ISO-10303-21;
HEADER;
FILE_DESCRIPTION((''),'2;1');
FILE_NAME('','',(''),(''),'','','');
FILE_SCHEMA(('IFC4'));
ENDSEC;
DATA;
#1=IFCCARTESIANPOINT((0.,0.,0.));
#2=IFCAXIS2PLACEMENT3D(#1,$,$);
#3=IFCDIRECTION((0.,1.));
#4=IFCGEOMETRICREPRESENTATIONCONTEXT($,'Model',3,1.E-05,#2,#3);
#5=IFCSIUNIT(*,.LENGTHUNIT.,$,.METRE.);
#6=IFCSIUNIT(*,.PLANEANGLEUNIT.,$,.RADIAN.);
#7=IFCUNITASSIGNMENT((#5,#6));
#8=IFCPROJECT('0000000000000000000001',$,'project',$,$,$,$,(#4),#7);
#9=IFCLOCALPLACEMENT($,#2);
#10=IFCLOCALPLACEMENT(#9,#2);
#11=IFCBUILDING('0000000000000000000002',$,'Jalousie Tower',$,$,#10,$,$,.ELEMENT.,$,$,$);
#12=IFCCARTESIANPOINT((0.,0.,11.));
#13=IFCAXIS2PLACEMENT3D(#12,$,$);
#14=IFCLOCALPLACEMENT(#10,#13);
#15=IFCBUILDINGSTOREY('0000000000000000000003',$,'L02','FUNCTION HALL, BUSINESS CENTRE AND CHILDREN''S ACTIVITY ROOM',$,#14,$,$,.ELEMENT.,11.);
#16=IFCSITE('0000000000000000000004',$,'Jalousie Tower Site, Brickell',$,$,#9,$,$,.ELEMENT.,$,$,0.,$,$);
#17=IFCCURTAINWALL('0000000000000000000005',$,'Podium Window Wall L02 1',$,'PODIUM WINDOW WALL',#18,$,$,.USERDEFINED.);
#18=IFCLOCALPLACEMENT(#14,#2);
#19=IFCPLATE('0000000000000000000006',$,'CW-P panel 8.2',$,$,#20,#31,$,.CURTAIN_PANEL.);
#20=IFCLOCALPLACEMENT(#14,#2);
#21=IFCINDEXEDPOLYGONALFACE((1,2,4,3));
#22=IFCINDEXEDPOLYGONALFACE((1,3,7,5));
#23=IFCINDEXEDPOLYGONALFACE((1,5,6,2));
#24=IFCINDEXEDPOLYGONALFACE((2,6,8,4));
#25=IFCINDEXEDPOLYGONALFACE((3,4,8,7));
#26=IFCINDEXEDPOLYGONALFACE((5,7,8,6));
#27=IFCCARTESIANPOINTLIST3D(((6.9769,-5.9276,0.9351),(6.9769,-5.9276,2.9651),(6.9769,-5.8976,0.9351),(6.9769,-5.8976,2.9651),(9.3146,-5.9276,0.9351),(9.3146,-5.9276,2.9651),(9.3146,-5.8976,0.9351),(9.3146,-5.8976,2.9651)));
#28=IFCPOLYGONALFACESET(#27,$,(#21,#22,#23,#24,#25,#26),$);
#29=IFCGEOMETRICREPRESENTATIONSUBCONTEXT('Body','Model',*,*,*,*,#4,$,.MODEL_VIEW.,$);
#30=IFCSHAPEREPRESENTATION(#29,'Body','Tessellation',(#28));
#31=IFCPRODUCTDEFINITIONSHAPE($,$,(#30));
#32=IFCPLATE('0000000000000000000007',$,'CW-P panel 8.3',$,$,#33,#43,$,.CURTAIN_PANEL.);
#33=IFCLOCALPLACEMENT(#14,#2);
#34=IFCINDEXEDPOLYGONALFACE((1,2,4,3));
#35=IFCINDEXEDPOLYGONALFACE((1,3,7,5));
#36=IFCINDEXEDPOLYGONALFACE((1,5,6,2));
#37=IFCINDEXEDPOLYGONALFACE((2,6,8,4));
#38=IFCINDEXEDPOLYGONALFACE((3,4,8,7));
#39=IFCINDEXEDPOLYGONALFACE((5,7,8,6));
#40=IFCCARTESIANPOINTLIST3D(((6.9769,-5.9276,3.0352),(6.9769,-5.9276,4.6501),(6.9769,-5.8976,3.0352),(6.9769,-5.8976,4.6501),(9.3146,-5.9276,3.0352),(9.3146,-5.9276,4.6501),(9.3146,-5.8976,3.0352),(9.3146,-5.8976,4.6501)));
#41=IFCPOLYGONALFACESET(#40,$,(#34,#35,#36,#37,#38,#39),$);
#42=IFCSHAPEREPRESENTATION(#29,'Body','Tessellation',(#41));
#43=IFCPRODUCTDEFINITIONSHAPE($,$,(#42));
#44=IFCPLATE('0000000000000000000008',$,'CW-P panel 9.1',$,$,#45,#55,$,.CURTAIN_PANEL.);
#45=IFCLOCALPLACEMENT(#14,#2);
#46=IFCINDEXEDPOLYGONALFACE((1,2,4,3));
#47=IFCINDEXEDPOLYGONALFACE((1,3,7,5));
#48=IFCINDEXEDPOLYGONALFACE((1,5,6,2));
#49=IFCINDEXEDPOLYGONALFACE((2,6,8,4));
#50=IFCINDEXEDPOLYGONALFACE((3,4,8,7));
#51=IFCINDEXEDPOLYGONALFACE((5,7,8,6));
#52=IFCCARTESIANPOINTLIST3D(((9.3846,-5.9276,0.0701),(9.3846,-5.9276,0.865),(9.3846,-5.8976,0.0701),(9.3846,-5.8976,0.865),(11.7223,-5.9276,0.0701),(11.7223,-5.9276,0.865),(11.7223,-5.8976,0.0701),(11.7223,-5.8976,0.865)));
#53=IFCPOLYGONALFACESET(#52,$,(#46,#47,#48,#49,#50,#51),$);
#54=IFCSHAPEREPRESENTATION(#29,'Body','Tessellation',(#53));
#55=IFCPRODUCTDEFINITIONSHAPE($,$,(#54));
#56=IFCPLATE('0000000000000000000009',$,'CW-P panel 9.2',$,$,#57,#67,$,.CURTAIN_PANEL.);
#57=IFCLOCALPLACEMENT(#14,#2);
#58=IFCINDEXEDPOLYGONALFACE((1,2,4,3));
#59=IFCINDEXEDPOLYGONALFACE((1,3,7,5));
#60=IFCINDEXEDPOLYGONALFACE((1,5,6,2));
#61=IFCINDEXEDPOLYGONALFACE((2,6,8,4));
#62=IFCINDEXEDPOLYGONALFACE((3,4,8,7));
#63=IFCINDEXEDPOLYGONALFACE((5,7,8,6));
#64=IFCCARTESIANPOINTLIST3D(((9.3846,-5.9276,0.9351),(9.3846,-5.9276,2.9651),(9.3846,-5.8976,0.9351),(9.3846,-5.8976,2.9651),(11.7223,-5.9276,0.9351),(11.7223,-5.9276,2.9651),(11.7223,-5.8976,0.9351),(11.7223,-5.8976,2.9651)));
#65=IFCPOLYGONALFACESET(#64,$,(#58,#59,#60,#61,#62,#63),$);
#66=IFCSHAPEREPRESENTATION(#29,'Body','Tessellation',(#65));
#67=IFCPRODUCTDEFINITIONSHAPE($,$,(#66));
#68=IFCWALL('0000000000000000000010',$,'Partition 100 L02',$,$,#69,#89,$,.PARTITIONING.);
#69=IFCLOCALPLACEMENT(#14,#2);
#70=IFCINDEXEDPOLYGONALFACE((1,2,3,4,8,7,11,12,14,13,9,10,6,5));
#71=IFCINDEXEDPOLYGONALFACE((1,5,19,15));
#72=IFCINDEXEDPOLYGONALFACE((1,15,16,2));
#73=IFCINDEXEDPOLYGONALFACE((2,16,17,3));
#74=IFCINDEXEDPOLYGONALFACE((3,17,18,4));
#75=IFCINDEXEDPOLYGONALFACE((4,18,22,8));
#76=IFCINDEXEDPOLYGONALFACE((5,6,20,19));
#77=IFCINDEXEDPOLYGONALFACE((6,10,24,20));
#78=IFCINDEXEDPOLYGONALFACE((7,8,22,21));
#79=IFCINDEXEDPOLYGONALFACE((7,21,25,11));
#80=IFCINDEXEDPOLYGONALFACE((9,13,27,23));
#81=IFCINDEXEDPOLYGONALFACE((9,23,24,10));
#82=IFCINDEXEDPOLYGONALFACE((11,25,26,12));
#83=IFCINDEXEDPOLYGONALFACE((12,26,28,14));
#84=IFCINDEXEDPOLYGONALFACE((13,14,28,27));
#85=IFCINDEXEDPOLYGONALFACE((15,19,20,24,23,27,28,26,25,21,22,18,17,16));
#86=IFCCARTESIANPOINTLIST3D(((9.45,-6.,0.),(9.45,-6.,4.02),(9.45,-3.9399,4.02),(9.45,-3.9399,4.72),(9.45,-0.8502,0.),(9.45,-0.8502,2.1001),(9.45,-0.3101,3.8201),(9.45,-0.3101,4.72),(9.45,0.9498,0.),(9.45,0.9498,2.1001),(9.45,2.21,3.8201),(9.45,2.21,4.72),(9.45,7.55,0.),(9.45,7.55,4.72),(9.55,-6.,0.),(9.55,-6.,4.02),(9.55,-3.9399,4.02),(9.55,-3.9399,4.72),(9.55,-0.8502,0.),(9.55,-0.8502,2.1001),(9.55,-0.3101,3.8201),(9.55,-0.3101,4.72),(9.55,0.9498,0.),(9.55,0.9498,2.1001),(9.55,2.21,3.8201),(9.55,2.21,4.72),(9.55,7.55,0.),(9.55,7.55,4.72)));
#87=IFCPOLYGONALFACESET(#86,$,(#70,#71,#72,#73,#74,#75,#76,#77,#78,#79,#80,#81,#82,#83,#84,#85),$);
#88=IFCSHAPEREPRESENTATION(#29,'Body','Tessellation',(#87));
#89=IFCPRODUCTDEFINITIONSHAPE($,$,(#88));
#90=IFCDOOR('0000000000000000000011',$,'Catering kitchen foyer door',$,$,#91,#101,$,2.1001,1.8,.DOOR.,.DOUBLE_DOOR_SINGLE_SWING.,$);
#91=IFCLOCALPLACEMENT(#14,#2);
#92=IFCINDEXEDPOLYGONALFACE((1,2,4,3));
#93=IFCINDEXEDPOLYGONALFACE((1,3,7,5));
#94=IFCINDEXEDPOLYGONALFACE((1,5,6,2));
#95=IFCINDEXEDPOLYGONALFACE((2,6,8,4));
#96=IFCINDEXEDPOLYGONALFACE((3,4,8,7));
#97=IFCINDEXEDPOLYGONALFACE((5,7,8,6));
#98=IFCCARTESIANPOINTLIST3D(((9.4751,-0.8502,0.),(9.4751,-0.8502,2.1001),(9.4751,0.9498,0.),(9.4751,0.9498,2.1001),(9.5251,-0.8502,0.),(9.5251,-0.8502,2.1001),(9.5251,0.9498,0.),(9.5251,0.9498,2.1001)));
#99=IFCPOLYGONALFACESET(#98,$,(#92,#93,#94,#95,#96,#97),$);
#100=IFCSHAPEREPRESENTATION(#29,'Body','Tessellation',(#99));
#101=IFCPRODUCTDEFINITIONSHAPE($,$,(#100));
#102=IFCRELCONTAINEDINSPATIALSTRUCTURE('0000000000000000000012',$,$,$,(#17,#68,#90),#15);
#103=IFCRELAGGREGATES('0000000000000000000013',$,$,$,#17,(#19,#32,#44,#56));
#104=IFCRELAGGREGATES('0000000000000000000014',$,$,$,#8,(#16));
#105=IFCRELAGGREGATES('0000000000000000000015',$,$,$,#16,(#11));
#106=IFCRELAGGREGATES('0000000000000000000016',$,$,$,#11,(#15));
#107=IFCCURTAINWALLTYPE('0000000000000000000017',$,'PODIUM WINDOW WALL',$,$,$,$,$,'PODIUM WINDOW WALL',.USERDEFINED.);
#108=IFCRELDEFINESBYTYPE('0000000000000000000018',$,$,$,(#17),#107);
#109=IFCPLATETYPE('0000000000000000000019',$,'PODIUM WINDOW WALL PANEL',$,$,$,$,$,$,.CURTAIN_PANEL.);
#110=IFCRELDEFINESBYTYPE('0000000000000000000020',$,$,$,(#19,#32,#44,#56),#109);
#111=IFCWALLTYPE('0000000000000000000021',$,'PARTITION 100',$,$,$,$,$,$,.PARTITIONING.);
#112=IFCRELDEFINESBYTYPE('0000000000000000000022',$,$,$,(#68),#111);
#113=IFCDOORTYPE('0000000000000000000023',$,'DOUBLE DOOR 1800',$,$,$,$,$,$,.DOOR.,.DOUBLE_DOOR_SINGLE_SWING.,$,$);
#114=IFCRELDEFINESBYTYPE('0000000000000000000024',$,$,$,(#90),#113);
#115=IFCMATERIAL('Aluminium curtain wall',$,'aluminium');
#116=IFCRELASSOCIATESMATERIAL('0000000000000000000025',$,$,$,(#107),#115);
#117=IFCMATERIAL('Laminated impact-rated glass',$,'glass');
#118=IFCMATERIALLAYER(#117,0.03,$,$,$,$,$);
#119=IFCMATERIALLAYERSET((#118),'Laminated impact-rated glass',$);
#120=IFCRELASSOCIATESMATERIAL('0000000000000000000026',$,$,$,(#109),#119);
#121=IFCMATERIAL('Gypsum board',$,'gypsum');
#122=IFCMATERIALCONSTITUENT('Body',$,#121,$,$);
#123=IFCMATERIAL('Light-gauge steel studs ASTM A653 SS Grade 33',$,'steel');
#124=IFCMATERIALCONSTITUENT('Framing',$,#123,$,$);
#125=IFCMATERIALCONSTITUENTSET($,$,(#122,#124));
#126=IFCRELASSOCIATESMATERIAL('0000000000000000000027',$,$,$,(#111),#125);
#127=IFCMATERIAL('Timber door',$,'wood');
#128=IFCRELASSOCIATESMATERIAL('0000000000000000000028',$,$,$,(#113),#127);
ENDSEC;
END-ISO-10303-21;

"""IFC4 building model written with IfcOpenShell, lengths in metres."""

from ifc_helpers import new_model, si_unit, direction, frame, frame_2d, origin, origin_2d, place, context, subcontext, project, spatial, polyline, rectangle, outline, extrude, material, layer, layer_set, constituent, constituent_set, type_object, element, fill, aggregate, save


model = new_model("IFC4")

# Units and contexts
model_context = context("Model", 3, precision=1e-05, world=origin(), true_north=direction((0.0, 1.0)))
body_context = subcontext(model_context, "Body", "Model", "MODEL_VIEW")
ifc_project = project(units=[si_unit("LENGTHUNIT", "METRE"), si_unit("PLANEANGLEUNIT", "RADIAN")], contexts=[model_context])

# Site, building, storey
site_placement = place(None, origin())
site = spatial("IfcSite", under=ifc_project, at=site_placement, Name="Jalousie Tower Site, Brickell", CompositionType="ELEMENT", RefElevation=0.0)
building_placement = place(site_placement, origin())
building = spatial("IfcBuilding", under=site, at=building_placement, Name="Jalousie Tower", CompositionType="ELEMENT")
storey_placement = place(building_placement, frame((0.0, 0.0, 11.0)))
storey = spatial("IfcBuildingStorey", under=building, at=storey_placement, Name="L02", Description="FUNCTION HALL, BUSINESS CENTRE AND CHILDREN'S ACTIVITY ROOM", CompositionType="ELEMENT", Elevation=11.0)

# Curtain wall, plates
ifc_material_1 = material(Name="Aluminium curtain wall", Category="aluminium")
curtain_wall_type = type_object("IfcCurtainWallType", Name="PODIUM WINDOW WALL", ElementType="PODIUM WINDOW WALL", PredefinedType="USERDEFINED", material=ifc_material_1)
curtain_wall_placement = place(storey_placement, origin())
curtain_wall = element("IfcCurtainWall", 1, at=curtain_wall_placement, inside=storey, type_object=curtain_wall_type, Name="Podium Window Wall L02 1", ObjectType="PODIUM WINDOW WALL", PredefinedType="USERDEFINED")
ifc_material_2 = material(Name="Laminated impact-rated glass", Category="glass")
ifc_layer = layer(ifc_material_2, 0.03)
ifc_layer_set = layer_set([ifc_layer], Name="Laminated impact-rated glass")
plate_type = type_object("IfcPlateType", Name="PODIUM WINDOW WALL PANEL", PredefinedType="CURTAIN_PANEL", material=ifc_layer_set)
plate_1_placement = place(storey_placement, frame((8.1458, -5.9126, 0.9351), z_axis=(0.0, 0.0, 1.0), x_axis=(1.0, 0.0, 0.0)))
plate_1 = element("IfcPlate", 2, at=plate_1_placement, type_object=plate_type, Name="CW-P panel 8.2", PredefinedType="CURTAIN_PANEL", context=body_context, shape_type="SweptSolid", body=[
    extrude(rectangle(XDim=2.3376, YDim=0.03, at=origin_2d()), origin(), (0.0, 0.0, 1.0), 2.03),
])
plate_2_placement = place(storey_placement, frame((8.1458, -5.9126, 3.0352), z_axis=(0.0, 0.0, 1.0), x_axis=(1.0, 0.0, 0.0)))
plate_2 = element("IfcPlate", 3, at=plate_2_placement, type_object=plate_type, Name="CW-P panel 8.3", PredefinedType="CURTAIN_PANEL", context=body_context, shape_type="SweptSolid", body=[
    extrude(rectangle(XDim=2.3376, YDim=0.03, at=origin_2d()), origin(), (0.0, 0.0, 1.0), 1.615),
])
plate_3_placement = place(storey_placement, frame((10.5535, -5.9126, 0.0701), z_axis=(0.0, 0.0, 1.0), x_axis=(1.0, 0.0, 0.0)))
plate_3 = element("IfcPlate", 4, at=plate_3_placement, type_object=plate_type, Name="CW-P panel 9.1", PredefinedType="CURTAIN_PANEL", context=body_context, shape_type="SweptSolid", body=[
    extrude(rectangle(XDim=2.3376, YDim=0.03, at=origin_2d()), origin(), (0.0, 0.0, 1.0), 0.7949),
])
plate_4_placement = place(storey_placement, frame((10.5535, -5.9126, 0.9351), z_axis=(0.0, 0.0, 1.0), x_axis=(1.0, 0.0, 0.0)))
plate_4 = element("IfcPlate", 5, at=plate_4_placement, type_object=plate_type, Name="CW-P panel 9.2", PredefinedType="CURTAIN_PANEL", context=body_context, shape_type="SweptSolid", body=[
    extrude(rectangle(XDim=2.3376, YDim=0.03, at=origin_2d()), origin(), (0.0, 0.0, 1.0), 2.03),
])
aggregate(curtain_wall, [plate_1, plate_2, plate_3, plate_4])

# Wall, opening, door
ifc_material_3 = material(Name="Gypsum board", Category="gypsum")
ifc_constituent_1 = constituent(ifc_material_3, Name="Body")
ifc_material_4 = material(Name="Light-gauge steel studs ASTM A653 SS Grade 33", Category="steel")
ifc_constituent_2 = constituent(ifc_material_4, Name="Framing")
ifc_constituent_set = constituent_set(constituents=[ifc_constituent_1, ifc_constituent_2])
wall_type = type_object("IfcWallType", Name="PARTITION 100", PredefinedType="PARTITIONING", material=ifc_constituent_set)
wall_placement = place(storey_placement, frame((9.5, -6.0, 0.0), z_axis=(0.0, 0.0, 1.0), x_axis=(0.0, 1.0, 0.0)))
wall = element("IfcWall", 6, at=wall_placement, inside=storey, type_object=wall_type, Name="Partition 100 L02", PredefinedType="PARTITIONING", context=body_context, shape_type="SweptSolid", body=[
    extrude(outline(polyline([(0.0, 0.0), (13.55, 0.0), (13.55, 4.72), (8.21, 4.72), (8.21, 3.8201), (5.6899, 3.8201), (5.6899, 4.72), (2.0601, 4.72), (2.0601, 4.02), (0.0, 4.02), (0.0, 4.72), (0.0, 0.0)])), frame((0.0, 0.05, 0.0), z_axis=(0.0, -1.0, 0.0), x_axis=(1.0, 0.0, 0.0)), (0.0, 0.0, 1.0), 0.1001),
])
opening_placement = place(wall_placement, frame((5.1499, 0.0, 0.0)))
opening = element("IfcOpeningElement", 7, at=opening_placement, cuts=wall, PredefinedType="OPENING", context=body_context, shape_type="SweptSolid", body=[
    extrude(rectangle(XDim=1.8, YDim=2.1001, at=frame_2d((0.8999, 1.05))), frame((0.0, 0.0601, 0.0), z_axis=(0.0, -1.0, 0.0), x_axis=(1.0, 0.0, 0.0)), (0.0, 0.0, 1.0), 0.1201),
])
ifc_material_5 = material(Name="Timber door", Category="wood")
door_type = type_object("IfcDoorType", Name="DOUBLE DOOR 1800", OperationType="DOUBLE_DOOR_SINGLE_SWING", PredefinedType="DOOR", material=ifc_material_5)
door_placement = place(opening_placement, origin())
door = element("IfcDoor", 8, at=door_placement, inside=storey, type_object=door_type, Name="Catering kitchen foyer door", OperationType="DOUBLE_DOOR_SINGLE_SWING", OverallHeight=2.1001, OverallWidth=1.8, PredefinedType="DOOR", context=body_context, shape_type="SweptSolid", body=[
    extrude(rectangle(XDim=1.8, YDim=2.1001, at=frame_2d((0.8999, 1.05))), frame((0.0, 0.0249, 0.0), z_axis=(0.0, -1.0, 0.0), x_axis=(1.0, 0.0, 0.0)), (0.0, 0.0, 1.0), 0.05),
])
fill(opening, door)

save(model, "model.ifc")
